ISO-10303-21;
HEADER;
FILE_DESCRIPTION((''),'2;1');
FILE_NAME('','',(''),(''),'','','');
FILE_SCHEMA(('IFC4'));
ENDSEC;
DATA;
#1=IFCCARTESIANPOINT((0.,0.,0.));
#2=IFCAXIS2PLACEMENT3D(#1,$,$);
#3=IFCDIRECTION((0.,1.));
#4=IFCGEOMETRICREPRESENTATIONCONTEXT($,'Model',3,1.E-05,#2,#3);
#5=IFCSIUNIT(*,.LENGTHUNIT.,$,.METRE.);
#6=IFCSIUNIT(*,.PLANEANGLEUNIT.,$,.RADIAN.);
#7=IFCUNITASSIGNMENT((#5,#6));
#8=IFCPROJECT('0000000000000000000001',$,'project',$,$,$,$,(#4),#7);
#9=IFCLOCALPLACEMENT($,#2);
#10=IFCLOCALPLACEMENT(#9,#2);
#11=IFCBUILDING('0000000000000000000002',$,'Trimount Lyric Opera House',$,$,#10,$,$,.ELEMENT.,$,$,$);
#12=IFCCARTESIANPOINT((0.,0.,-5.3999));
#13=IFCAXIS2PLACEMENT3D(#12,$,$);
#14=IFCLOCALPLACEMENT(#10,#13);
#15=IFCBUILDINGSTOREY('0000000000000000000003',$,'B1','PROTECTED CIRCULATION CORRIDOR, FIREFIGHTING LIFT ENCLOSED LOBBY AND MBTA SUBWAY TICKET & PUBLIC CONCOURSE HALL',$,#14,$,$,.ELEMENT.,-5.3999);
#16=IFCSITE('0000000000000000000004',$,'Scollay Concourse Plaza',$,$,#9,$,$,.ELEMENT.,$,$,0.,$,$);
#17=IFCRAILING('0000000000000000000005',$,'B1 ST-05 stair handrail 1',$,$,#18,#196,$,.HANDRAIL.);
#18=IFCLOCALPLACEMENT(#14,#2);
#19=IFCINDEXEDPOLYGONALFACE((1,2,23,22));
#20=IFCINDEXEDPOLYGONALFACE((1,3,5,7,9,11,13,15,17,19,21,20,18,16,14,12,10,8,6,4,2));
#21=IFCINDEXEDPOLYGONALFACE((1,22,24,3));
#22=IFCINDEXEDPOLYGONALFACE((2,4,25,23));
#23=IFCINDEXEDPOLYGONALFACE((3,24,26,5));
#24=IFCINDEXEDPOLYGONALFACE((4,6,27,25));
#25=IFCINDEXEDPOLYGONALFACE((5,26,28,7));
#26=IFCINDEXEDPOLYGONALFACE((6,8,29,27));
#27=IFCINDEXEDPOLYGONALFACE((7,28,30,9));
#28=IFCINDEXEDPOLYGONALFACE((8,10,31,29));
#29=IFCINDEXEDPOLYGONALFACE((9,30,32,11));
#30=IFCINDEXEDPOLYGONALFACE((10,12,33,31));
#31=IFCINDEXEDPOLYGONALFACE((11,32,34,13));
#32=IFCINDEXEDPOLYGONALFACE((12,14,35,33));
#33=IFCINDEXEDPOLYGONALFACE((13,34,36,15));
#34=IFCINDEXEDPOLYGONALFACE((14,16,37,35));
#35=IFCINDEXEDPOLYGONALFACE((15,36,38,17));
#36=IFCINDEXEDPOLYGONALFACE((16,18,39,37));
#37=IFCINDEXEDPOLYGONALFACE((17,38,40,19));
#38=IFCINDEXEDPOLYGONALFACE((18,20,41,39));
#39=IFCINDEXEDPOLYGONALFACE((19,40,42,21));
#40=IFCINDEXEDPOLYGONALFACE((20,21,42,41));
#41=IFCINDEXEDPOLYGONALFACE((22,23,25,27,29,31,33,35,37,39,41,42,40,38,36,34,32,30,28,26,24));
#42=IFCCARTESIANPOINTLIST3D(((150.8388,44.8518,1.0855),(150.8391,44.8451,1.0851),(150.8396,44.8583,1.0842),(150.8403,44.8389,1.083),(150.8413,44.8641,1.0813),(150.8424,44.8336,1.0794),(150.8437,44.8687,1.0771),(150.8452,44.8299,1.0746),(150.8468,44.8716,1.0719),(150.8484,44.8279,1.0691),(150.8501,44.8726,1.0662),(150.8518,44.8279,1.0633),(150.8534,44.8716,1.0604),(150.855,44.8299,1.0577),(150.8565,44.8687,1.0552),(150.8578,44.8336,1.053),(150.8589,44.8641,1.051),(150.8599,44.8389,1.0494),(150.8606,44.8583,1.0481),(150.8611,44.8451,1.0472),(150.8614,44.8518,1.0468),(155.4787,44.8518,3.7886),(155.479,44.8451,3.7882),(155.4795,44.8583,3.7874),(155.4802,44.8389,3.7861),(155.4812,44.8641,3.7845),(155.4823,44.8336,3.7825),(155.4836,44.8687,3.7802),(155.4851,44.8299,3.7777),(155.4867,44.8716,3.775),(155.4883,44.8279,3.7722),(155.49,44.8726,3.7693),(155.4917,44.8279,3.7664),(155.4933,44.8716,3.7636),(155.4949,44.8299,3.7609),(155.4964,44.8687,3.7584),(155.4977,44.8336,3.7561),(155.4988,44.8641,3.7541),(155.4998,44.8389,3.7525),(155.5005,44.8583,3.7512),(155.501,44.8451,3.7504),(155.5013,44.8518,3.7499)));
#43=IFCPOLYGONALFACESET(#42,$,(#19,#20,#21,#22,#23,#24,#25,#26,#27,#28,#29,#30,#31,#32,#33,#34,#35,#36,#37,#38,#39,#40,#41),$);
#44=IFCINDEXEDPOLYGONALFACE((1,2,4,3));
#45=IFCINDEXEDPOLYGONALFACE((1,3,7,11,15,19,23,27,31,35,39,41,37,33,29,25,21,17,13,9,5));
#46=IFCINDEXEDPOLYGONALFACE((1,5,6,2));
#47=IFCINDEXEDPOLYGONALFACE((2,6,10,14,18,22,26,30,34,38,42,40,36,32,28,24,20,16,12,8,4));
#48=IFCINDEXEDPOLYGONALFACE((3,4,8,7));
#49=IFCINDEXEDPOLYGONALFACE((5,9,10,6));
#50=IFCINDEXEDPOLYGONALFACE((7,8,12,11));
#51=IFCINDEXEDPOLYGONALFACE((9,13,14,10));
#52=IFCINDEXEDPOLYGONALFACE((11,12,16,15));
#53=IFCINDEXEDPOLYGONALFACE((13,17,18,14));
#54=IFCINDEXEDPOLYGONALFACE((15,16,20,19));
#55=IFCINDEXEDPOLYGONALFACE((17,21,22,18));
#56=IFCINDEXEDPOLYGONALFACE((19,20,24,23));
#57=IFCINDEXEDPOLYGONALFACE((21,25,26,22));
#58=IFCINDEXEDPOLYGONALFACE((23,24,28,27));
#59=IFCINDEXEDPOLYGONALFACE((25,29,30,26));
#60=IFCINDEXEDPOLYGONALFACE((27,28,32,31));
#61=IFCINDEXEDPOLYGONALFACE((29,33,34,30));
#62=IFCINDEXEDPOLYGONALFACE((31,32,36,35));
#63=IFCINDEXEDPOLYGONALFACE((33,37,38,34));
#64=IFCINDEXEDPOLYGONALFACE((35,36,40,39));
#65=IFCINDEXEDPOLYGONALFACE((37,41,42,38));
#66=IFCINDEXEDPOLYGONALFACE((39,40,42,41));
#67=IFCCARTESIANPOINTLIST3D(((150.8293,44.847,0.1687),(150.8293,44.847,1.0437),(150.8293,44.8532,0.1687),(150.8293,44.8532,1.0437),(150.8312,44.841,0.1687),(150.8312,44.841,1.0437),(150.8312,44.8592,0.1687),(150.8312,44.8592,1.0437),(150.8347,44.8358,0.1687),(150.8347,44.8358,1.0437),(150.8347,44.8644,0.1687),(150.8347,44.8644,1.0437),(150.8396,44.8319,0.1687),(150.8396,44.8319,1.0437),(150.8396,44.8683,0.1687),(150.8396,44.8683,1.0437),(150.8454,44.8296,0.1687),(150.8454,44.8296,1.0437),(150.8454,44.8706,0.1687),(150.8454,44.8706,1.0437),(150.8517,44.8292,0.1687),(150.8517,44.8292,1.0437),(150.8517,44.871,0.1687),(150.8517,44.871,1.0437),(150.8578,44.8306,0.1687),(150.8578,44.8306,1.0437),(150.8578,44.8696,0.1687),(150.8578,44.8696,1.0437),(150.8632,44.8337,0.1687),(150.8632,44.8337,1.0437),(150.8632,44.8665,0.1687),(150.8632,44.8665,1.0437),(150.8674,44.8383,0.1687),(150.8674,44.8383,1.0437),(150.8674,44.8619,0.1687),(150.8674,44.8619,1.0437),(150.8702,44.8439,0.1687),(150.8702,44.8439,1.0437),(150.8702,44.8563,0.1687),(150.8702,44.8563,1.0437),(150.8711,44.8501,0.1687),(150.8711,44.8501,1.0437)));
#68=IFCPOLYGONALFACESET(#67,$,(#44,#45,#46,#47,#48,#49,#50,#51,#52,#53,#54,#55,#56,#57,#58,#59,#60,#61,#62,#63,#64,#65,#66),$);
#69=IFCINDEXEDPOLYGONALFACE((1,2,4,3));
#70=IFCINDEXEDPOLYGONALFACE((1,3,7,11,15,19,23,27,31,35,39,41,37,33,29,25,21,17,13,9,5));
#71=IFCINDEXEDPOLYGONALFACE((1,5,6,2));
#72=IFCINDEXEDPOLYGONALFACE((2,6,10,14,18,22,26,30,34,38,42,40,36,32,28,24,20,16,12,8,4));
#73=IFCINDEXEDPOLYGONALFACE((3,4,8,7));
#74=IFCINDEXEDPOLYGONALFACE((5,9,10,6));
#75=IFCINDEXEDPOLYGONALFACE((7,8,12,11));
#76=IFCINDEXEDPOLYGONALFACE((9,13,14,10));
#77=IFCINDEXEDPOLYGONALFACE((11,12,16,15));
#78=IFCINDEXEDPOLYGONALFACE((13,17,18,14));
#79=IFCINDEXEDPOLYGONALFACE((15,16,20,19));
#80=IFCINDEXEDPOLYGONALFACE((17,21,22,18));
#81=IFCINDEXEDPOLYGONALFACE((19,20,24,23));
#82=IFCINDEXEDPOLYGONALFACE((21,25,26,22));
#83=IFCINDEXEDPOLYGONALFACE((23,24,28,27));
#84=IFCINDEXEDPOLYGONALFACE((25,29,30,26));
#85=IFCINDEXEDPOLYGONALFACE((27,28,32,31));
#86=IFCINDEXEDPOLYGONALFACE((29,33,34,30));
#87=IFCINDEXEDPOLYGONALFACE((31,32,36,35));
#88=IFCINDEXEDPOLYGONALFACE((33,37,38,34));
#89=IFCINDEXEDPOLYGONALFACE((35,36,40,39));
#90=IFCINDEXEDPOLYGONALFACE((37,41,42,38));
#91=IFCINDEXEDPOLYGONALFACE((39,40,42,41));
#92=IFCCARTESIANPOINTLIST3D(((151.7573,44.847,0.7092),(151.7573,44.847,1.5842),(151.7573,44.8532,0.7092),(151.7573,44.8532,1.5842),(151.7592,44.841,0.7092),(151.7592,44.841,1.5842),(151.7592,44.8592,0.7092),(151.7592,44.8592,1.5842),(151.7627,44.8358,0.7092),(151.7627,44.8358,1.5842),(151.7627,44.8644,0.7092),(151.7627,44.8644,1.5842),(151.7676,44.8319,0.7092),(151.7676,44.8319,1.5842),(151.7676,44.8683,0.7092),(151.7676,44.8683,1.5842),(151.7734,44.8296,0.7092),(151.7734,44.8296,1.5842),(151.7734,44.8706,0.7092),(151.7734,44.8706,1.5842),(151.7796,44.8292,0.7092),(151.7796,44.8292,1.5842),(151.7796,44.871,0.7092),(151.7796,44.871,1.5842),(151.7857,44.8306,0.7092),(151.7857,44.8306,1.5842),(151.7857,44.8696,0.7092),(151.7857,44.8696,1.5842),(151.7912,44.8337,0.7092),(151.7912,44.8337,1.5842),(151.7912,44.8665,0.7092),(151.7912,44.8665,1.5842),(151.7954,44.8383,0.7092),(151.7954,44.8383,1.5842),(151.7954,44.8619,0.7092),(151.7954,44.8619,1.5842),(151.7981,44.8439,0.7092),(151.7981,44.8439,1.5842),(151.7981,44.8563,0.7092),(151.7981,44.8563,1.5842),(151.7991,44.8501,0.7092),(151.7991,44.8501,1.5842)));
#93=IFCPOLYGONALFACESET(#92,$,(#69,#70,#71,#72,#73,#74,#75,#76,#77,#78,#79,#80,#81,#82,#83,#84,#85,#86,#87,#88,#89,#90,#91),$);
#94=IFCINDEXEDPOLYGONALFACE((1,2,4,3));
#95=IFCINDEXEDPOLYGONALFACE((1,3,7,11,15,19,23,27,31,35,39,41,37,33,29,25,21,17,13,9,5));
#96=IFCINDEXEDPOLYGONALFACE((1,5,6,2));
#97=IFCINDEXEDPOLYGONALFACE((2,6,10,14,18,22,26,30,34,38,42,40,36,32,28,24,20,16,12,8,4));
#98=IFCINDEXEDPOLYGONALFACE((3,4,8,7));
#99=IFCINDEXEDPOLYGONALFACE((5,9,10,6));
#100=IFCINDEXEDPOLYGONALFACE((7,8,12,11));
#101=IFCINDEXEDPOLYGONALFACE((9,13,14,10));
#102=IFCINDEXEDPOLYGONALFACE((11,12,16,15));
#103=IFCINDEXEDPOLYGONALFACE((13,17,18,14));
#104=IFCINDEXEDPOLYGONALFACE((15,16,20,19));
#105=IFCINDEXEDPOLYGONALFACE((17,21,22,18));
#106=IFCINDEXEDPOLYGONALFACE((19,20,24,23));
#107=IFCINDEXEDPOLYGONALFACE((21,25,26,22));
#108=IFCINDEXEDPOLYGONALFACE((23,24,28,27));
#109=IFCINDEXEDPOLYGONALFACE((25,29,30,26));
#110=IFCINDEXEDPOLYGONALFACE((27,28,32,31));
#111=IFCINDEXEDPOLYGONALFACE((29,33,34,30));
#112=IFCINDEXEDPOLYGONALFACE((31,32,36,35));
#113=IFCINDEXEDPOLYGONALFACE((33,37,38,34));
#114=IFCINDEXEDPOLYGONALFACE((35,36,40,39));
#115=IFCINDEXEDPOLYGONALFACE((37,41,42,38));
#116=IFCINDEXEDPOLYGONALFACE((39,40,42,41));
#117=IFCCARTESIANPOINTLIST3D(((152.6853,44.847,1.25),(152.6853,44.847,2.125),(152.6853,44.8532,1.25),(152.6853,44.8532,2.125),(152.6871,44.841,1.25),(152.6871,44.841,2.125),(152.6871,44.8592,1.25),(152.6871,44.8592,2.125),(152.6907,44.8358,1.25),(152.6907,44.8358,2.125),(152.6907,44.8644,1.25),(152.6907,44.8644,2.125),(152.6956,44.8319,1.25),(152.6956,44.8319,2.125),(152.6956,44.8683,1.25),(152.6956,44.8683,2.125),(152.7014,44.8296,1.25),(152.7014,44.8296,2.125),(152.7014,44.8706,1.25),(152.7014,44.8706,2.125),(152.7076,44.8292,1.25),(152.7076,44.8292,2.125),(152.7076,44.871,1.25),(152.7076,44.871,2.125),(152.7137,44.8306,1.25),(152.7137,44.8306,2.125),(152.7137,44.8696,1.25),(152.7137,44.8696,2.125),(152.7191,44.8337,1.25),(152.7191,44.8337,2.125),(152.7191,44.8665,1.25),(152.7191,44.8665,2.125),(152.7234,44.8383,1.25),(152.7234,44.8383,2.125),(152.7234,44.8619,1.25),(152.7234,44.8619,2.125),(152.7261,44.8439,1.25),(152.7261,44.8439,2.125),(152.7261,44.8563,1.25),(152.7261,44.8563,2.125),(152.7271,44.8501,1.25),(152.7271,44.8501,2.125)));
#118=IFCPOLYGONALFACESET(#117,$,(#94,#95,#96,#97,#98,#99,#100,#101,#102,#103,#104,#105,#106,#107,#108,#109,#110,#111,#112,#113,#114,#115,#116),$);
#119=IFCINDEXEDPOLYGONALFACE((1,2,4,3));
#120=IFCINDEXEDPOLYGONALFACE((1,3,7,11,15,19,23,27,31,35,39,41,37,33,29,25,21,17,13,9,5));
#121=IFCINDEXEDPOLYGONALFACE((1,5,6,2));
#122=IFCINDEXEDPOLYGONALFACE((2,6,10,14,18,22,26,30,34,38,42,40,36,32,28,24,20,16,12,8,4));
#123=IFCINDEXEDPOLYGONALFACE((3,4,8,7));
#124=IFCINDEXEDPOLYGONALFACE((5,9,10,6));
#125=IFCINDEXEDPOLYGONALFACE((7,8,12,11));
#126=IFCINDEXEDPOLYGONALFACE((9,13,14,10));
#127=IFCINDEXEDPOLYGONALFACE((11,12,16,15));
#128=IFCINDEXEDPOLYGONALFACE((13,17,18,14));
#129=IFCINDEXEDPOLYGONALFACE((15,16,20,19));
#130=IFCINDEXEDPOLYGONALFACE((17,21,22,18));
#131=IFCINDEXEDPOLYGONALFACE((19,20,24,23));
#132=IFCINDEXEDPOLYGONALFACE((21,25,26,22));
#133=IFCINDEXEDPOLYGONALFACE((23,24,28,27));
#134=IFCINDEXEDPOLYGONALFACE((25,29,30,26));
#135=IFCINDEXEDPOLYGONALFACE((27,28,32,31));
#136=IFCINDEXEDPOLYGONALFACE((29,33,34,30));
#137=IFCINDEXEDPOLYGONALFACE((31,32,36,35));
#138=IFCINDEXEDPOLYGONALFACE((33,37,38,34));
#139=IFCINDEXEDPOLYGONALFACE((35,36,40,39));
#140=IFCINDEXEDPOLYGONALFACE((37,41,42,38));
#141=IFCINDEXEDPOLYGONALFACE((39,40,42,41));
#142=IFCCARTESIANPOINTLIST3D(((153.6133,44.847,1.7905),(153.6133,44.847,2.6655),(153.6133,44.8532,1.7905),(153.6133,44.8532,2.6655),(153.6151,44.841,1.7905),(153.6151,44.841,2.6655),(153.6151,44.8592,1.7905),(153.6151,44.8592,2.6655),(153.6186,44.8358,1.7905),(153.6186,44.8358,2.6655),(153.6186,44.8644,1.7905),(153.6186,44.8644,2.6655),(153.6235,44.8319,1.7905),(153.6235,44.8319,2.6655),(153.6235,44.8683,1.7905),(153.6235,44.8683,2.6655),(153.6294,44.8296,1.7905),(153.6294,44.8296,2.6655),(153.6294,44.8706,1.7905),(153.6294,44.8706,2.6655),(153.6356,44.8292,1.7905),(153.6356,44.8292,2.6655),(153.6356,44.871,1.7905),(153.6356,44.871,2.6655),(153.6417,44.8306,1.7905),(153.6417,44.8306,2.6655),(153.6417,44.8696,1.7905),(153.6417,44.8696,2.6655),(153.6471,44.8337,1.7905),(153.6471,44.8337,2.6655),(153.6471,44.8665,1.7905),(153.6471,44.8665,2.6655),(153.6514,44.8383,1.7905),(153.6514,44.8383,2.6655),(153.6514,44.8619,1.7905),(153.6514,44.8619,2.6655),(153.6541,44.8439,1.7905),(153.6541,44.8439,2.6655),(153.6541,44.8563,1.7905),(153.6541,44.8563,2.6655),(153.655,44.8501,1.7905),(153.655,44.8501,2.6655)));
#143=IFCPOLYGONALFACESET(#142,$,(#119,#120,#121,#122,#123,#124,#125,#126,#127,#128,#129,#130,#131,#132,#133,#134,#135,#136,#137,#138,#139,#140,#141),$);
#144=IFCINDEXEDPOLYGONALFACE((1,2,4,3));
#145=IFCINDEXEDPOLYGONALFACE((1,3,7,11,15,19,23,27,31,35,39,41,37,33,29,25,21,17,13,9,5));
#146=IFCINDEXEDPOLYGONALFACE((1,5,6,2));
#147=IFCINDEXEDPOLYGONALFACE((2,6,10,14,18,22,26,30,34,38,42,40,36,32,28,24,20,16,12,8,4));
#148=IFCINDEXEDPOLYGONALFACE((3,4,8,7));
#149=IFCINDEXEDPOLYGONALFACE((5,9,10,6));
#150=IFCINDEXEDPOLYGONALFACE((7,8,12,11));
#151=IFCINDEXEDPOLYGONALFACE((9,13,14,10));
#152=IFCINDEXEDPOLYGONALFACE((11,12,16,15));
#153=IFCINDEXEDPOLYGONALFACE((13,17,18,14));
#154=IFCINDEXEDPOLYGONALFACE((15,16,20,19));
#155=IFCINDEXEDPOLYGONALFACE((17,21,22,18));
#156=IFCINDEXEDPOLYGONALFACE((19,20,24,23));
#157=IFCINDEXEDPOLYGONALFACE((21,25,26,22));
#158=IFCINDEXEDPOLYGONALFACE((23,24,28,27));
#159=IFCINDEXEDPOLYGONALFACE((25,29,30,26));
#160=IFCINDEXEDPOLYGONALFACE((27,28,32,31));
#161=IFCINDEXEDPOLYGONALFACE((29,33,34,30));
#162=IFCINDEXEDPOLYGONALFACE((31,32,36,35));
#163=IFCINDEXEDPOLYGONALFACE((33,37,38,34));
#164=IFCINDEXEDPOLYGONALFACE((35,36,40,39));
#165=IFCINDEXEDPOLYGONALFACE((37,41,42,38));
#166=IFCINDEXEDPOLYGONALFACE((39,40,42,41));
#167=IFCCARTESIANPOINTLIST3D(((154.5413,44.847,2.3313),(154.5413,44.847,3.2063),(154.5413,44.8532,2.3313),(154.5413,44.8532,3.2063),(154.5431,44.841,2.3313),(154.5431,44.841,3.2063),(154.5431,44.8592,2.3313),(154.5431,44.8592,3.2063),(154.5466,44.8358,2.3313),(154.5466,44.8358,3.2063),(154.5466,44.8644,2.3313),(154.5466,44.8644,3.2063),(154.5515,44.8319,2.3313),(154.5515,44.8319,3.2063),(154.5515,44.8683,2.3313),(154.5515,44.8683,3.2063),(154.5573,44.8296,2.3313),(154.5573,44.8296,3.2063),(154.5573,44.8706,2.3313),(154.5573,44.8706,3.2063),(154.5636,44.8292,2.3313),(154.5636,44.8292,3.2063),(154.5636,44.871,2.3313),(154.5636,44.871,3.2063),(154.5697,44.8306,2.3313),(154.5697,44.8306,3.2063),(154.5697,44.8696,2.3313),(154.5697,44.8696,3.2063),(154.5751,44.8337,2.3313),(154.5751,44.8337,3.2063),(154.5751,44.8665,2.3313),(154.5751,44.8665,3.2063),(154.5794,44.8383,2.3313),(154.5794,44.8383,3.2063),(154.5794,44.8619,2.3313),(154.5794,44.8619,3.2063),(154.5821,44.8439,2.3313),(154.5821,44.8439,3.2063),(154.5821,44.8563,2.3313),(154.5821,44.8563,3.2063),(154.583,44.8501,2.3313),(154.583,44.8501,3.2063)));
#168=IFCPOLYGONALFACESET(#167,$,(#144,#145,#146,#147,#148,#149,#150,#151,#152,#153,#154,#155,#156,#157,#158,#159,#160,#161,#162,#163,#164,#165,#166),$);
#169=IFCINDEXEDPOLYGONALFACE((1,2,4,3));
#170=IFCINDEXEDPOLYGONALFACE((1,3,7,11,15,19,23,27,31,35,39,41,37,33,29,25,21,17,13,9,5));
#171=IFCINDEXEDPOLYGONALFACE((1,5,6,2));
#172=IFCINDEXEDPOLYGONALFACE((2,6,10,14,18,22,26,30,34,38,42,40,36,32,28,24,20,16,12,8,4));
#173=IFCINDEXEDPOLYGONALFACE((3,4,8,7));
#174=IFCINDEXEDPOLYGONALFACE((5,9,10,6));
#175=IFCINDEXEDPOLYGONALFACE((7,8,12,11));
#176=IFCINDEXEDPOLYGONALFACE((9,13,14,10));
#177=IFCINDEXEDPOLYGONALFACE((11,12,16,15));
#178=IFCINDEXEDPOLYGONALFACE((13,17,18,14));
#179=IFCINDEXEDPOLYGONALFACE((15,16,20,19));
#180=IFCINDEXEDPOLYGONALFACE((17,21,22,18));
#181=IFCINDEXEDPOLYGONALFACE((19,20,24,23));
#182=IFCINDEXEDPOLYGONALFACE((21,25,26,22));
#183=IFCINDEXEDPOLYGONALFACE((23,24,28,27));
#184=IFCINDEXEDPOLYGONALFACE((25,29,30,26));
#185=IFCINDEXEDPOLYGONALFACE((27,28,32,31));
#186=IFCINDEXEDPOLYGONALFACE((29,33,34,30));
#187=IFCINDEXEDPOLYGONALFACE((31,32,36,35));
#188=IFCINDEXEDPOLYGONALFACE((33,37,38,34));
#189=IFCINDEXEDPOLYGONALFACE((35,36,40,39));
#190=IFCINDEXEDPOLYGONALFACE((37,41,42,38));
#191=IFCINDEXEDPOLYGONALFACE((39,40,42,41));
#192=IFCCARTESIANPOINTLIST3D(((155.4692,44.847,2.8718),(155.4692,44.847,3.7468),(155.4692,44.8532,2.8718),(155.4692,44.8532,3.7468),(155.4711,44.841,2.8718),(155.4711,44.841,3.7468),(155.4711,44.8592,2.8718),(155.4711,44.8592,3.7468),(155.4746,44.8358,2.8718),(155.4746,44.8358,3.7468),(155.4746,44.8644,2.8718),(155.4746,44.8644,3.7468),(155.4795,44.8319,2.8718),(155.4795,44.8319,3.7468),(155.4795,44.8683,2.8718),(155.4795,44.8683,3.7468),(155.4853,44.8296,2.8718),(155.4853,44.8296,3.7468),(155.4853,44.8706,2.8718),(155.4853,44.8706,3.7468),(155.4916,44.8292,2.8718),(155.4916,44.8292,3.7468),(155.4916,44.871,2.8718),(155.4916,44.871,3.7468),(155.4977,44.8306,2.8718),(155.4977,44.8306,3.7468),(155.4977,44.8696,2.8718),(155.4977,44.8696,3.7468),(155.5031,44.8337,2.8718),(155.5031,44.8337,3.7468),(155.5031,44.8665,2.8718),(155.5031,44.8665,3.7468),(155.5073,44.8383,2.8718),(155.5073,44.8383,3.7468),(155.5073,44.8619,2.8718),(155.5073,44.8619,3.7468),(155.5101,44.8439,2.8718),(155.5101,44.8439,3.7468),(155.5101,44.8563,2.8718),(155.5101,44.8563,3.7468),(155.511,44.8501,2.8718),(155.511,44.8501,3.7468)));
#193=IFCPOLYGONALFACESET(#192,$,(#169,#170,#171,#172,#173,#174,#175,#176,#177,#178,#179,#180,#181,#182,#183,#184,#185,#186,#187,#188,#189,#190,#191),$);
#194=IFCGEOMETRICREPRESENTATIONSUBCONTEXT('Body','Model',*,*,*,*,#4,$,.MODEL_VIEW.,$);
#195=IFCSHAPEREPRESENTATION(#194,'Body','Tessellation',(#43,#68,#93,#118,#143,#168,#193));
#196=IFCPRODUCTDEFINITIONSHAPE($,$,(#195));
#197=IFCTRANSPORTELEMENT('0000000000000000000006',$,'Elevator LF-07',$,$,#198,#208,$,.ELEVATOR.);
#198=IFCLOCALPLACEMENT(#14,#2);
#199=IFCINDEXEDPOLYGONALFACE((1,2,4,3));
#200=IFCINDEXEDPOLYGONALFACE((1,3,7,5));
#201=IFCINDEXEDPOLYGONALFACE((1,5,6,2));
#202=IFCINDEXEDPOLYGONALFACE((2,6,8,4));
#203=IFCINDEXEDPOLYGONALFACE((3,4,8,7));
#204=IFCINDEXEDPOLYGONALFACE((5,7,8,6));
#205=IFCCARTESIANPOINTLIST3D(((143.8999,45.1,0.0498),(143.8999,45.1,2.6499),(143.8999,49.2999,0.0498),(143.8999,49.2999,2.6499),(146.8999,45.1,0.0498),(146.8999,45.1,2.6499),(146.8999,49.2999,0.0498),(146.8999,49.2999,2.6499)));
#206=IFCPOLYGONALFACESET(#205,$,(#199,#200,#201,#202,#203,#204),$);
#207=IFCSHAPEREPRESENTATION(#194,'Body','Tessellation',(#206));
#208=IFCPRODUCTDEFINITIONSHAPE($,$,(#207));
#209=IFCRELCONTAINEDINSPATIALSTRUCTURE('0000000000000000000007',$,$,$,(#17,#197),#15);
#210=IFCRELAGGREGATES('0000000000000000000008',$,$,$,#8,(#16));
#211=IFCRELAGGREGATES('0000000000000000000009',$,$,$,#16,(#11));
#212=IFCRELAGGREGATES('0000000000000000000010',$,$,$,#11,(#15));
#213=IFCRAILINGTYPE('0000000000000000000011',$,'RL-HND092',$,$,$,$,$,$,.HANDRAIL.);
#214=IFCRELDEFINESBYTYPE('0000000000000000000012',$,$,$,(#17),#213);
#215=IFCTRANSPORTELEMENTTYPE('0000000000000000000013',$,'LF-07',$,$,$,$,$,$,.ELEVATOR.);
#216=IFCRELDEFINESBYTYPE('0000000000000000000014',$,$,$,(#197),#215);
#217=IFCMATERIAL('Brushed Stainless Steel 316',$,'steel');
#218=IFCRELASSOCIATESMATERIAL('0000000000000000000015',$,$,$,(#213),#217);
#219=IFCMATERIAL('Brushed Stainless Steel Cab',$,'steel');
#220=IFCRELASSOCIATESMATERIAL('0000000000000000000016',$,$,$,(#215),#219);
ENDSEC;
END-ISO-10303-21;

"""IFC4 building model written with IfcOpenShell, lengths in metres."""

from ifc_helpers import new_model, si_unit, direction, frame, origin, origin_2d, place, context, subcontext, project, spatial, rectangle, circle, extrude, material, type_object, element, save


model = new_model("IFC4")

# Units and contexts
model_context = context("Model", 3, precision=1e-05, world=origin(), true_north=direction((0.0, 1.0)))
body_context = subcontext(model_context, "Body", "Model", "MODEL_VIEW")
ifc_project = project(units=[si_unit("LENGTHUNIT", "METRE"), si_unit("PLANEANGLEUNIT", "RADIAN")], contexts=[model_context])

# Site, building, storey
site_placement = place(None, origin())
site = spatial("IfcSite", under=ifc_project, at=site_placement, Name="Scollay Concourse Plaza", CompositionType="ELEMENT", RefElevation=0.0)
building_placement = place(site_placement, origin())
building = spatial("IfcBuilding", under=site, at=building_placement, Name="Trimount Lyric Opera House", CompositionType="ELEMENT")
storey_placement = place(building_placement, frame((0.0, 0.0, -5.3999)))
storey = spatial("IfcBuildingStorey", under=building, at=storey_placement, Name="B1", Description="PROTECTED CIRCULATION CORRIDOR, FIREFIGHTING LIFT ENCLOSED LOBBY AND MBTA SUBWAY TICKET & PUBLIC CONCOURSE HALL", CompositionType="ELEMENT", Elevation=-5.3999)

# Railing
ifc_material_1 = material(Name="Brushed Stainless Steel 316", Category="steel")
railing_type_1 = type_object("IfcRailingType", Name="RL-HND092", PredefinedType="HANDRAIL", material=ifc_material_1)
railing_1_placement = place(storey_placement, frame((150.8501, 44.8501, 0.1687)))
element("IfcRailing", 1, at=railing_1_placement, inside=storey, type_object=railing_type_1, Name="B1 ST-05 stair handrail 1", PredefinedType="HANDRAIL", context=body_context, shape_type="SweptSolid", body=[
    extrude(circle(Radius=0.0225, at=origin_2d()), frame((0.0, 0.0, 0.8975), z_axis=(0.864061, 0.0, 0.503388), x_axis=(0.0, 1.0, 0.0)), (0.0, 0.0, 1.0), 5.3699),
    extrude(circle(Radius=0.021, at=origin_2d()), origin(), (0.0, 0.0, 1.0), 0.875),
    extrude(circle(Radius=0.021, at=origin_2d()), frame((0.928, 0.0, 0.5405)), (0.0, 0.0, 1.0), 0.875),
    extrude(circle(Radius=0.021, at=origin_2d()), frame((1.856, 0.0, 1.0813)), (0.0, 0.0, 1.0), 0.875),
    extrude(circle(Radius=0.021, at=origin_2d()), frame((2.7839, 0.0, 1.6218)), (0.0, 0.0, 1.0), 0.875),
    extrude(circle(Radius=0.021, at=origin_2d()), frame((3.7119, 0.0, 2.1626)), (0.0, 0.0, 1.0), 0.875),
    extrude(circle(Radius=0.021, at=origin_2d()), frame((4.6399, 0.0, 2.7031)), (0.0, 0.0, 1.0), 0.875),
])

# Transport element
ifc_material_2 = material(Name="Brushed Stainless Steel Cab", Category="steel")
transport_element_type = type_object("IfcTransportElementType", Name="LF-07", PredefinedType="ELEVATOR", material=ifc_material_2)
transport_element_placement = place(storey_placement, frame((145.3999, 47.2, 0.0498), z_axis=(0.0, 0.0, 1.0), x_axis=(1.0, 0.0, 0.0)))
element("IfcTransportElement", 2, at=transport_element_placement, inside=storey, type_object=transport_element_type, Name="Elevator LF-07", PredefinedType="ELEVATOR", context=body_context, shape_type="SweptSolid", body=[
    extrude(rectangle(XDim=3.0, YDim=4.2, at=origin_2d()), origin(), (0.0, 0.0, 1.0), 2.6001),
])

save(model, "model.ifc")
